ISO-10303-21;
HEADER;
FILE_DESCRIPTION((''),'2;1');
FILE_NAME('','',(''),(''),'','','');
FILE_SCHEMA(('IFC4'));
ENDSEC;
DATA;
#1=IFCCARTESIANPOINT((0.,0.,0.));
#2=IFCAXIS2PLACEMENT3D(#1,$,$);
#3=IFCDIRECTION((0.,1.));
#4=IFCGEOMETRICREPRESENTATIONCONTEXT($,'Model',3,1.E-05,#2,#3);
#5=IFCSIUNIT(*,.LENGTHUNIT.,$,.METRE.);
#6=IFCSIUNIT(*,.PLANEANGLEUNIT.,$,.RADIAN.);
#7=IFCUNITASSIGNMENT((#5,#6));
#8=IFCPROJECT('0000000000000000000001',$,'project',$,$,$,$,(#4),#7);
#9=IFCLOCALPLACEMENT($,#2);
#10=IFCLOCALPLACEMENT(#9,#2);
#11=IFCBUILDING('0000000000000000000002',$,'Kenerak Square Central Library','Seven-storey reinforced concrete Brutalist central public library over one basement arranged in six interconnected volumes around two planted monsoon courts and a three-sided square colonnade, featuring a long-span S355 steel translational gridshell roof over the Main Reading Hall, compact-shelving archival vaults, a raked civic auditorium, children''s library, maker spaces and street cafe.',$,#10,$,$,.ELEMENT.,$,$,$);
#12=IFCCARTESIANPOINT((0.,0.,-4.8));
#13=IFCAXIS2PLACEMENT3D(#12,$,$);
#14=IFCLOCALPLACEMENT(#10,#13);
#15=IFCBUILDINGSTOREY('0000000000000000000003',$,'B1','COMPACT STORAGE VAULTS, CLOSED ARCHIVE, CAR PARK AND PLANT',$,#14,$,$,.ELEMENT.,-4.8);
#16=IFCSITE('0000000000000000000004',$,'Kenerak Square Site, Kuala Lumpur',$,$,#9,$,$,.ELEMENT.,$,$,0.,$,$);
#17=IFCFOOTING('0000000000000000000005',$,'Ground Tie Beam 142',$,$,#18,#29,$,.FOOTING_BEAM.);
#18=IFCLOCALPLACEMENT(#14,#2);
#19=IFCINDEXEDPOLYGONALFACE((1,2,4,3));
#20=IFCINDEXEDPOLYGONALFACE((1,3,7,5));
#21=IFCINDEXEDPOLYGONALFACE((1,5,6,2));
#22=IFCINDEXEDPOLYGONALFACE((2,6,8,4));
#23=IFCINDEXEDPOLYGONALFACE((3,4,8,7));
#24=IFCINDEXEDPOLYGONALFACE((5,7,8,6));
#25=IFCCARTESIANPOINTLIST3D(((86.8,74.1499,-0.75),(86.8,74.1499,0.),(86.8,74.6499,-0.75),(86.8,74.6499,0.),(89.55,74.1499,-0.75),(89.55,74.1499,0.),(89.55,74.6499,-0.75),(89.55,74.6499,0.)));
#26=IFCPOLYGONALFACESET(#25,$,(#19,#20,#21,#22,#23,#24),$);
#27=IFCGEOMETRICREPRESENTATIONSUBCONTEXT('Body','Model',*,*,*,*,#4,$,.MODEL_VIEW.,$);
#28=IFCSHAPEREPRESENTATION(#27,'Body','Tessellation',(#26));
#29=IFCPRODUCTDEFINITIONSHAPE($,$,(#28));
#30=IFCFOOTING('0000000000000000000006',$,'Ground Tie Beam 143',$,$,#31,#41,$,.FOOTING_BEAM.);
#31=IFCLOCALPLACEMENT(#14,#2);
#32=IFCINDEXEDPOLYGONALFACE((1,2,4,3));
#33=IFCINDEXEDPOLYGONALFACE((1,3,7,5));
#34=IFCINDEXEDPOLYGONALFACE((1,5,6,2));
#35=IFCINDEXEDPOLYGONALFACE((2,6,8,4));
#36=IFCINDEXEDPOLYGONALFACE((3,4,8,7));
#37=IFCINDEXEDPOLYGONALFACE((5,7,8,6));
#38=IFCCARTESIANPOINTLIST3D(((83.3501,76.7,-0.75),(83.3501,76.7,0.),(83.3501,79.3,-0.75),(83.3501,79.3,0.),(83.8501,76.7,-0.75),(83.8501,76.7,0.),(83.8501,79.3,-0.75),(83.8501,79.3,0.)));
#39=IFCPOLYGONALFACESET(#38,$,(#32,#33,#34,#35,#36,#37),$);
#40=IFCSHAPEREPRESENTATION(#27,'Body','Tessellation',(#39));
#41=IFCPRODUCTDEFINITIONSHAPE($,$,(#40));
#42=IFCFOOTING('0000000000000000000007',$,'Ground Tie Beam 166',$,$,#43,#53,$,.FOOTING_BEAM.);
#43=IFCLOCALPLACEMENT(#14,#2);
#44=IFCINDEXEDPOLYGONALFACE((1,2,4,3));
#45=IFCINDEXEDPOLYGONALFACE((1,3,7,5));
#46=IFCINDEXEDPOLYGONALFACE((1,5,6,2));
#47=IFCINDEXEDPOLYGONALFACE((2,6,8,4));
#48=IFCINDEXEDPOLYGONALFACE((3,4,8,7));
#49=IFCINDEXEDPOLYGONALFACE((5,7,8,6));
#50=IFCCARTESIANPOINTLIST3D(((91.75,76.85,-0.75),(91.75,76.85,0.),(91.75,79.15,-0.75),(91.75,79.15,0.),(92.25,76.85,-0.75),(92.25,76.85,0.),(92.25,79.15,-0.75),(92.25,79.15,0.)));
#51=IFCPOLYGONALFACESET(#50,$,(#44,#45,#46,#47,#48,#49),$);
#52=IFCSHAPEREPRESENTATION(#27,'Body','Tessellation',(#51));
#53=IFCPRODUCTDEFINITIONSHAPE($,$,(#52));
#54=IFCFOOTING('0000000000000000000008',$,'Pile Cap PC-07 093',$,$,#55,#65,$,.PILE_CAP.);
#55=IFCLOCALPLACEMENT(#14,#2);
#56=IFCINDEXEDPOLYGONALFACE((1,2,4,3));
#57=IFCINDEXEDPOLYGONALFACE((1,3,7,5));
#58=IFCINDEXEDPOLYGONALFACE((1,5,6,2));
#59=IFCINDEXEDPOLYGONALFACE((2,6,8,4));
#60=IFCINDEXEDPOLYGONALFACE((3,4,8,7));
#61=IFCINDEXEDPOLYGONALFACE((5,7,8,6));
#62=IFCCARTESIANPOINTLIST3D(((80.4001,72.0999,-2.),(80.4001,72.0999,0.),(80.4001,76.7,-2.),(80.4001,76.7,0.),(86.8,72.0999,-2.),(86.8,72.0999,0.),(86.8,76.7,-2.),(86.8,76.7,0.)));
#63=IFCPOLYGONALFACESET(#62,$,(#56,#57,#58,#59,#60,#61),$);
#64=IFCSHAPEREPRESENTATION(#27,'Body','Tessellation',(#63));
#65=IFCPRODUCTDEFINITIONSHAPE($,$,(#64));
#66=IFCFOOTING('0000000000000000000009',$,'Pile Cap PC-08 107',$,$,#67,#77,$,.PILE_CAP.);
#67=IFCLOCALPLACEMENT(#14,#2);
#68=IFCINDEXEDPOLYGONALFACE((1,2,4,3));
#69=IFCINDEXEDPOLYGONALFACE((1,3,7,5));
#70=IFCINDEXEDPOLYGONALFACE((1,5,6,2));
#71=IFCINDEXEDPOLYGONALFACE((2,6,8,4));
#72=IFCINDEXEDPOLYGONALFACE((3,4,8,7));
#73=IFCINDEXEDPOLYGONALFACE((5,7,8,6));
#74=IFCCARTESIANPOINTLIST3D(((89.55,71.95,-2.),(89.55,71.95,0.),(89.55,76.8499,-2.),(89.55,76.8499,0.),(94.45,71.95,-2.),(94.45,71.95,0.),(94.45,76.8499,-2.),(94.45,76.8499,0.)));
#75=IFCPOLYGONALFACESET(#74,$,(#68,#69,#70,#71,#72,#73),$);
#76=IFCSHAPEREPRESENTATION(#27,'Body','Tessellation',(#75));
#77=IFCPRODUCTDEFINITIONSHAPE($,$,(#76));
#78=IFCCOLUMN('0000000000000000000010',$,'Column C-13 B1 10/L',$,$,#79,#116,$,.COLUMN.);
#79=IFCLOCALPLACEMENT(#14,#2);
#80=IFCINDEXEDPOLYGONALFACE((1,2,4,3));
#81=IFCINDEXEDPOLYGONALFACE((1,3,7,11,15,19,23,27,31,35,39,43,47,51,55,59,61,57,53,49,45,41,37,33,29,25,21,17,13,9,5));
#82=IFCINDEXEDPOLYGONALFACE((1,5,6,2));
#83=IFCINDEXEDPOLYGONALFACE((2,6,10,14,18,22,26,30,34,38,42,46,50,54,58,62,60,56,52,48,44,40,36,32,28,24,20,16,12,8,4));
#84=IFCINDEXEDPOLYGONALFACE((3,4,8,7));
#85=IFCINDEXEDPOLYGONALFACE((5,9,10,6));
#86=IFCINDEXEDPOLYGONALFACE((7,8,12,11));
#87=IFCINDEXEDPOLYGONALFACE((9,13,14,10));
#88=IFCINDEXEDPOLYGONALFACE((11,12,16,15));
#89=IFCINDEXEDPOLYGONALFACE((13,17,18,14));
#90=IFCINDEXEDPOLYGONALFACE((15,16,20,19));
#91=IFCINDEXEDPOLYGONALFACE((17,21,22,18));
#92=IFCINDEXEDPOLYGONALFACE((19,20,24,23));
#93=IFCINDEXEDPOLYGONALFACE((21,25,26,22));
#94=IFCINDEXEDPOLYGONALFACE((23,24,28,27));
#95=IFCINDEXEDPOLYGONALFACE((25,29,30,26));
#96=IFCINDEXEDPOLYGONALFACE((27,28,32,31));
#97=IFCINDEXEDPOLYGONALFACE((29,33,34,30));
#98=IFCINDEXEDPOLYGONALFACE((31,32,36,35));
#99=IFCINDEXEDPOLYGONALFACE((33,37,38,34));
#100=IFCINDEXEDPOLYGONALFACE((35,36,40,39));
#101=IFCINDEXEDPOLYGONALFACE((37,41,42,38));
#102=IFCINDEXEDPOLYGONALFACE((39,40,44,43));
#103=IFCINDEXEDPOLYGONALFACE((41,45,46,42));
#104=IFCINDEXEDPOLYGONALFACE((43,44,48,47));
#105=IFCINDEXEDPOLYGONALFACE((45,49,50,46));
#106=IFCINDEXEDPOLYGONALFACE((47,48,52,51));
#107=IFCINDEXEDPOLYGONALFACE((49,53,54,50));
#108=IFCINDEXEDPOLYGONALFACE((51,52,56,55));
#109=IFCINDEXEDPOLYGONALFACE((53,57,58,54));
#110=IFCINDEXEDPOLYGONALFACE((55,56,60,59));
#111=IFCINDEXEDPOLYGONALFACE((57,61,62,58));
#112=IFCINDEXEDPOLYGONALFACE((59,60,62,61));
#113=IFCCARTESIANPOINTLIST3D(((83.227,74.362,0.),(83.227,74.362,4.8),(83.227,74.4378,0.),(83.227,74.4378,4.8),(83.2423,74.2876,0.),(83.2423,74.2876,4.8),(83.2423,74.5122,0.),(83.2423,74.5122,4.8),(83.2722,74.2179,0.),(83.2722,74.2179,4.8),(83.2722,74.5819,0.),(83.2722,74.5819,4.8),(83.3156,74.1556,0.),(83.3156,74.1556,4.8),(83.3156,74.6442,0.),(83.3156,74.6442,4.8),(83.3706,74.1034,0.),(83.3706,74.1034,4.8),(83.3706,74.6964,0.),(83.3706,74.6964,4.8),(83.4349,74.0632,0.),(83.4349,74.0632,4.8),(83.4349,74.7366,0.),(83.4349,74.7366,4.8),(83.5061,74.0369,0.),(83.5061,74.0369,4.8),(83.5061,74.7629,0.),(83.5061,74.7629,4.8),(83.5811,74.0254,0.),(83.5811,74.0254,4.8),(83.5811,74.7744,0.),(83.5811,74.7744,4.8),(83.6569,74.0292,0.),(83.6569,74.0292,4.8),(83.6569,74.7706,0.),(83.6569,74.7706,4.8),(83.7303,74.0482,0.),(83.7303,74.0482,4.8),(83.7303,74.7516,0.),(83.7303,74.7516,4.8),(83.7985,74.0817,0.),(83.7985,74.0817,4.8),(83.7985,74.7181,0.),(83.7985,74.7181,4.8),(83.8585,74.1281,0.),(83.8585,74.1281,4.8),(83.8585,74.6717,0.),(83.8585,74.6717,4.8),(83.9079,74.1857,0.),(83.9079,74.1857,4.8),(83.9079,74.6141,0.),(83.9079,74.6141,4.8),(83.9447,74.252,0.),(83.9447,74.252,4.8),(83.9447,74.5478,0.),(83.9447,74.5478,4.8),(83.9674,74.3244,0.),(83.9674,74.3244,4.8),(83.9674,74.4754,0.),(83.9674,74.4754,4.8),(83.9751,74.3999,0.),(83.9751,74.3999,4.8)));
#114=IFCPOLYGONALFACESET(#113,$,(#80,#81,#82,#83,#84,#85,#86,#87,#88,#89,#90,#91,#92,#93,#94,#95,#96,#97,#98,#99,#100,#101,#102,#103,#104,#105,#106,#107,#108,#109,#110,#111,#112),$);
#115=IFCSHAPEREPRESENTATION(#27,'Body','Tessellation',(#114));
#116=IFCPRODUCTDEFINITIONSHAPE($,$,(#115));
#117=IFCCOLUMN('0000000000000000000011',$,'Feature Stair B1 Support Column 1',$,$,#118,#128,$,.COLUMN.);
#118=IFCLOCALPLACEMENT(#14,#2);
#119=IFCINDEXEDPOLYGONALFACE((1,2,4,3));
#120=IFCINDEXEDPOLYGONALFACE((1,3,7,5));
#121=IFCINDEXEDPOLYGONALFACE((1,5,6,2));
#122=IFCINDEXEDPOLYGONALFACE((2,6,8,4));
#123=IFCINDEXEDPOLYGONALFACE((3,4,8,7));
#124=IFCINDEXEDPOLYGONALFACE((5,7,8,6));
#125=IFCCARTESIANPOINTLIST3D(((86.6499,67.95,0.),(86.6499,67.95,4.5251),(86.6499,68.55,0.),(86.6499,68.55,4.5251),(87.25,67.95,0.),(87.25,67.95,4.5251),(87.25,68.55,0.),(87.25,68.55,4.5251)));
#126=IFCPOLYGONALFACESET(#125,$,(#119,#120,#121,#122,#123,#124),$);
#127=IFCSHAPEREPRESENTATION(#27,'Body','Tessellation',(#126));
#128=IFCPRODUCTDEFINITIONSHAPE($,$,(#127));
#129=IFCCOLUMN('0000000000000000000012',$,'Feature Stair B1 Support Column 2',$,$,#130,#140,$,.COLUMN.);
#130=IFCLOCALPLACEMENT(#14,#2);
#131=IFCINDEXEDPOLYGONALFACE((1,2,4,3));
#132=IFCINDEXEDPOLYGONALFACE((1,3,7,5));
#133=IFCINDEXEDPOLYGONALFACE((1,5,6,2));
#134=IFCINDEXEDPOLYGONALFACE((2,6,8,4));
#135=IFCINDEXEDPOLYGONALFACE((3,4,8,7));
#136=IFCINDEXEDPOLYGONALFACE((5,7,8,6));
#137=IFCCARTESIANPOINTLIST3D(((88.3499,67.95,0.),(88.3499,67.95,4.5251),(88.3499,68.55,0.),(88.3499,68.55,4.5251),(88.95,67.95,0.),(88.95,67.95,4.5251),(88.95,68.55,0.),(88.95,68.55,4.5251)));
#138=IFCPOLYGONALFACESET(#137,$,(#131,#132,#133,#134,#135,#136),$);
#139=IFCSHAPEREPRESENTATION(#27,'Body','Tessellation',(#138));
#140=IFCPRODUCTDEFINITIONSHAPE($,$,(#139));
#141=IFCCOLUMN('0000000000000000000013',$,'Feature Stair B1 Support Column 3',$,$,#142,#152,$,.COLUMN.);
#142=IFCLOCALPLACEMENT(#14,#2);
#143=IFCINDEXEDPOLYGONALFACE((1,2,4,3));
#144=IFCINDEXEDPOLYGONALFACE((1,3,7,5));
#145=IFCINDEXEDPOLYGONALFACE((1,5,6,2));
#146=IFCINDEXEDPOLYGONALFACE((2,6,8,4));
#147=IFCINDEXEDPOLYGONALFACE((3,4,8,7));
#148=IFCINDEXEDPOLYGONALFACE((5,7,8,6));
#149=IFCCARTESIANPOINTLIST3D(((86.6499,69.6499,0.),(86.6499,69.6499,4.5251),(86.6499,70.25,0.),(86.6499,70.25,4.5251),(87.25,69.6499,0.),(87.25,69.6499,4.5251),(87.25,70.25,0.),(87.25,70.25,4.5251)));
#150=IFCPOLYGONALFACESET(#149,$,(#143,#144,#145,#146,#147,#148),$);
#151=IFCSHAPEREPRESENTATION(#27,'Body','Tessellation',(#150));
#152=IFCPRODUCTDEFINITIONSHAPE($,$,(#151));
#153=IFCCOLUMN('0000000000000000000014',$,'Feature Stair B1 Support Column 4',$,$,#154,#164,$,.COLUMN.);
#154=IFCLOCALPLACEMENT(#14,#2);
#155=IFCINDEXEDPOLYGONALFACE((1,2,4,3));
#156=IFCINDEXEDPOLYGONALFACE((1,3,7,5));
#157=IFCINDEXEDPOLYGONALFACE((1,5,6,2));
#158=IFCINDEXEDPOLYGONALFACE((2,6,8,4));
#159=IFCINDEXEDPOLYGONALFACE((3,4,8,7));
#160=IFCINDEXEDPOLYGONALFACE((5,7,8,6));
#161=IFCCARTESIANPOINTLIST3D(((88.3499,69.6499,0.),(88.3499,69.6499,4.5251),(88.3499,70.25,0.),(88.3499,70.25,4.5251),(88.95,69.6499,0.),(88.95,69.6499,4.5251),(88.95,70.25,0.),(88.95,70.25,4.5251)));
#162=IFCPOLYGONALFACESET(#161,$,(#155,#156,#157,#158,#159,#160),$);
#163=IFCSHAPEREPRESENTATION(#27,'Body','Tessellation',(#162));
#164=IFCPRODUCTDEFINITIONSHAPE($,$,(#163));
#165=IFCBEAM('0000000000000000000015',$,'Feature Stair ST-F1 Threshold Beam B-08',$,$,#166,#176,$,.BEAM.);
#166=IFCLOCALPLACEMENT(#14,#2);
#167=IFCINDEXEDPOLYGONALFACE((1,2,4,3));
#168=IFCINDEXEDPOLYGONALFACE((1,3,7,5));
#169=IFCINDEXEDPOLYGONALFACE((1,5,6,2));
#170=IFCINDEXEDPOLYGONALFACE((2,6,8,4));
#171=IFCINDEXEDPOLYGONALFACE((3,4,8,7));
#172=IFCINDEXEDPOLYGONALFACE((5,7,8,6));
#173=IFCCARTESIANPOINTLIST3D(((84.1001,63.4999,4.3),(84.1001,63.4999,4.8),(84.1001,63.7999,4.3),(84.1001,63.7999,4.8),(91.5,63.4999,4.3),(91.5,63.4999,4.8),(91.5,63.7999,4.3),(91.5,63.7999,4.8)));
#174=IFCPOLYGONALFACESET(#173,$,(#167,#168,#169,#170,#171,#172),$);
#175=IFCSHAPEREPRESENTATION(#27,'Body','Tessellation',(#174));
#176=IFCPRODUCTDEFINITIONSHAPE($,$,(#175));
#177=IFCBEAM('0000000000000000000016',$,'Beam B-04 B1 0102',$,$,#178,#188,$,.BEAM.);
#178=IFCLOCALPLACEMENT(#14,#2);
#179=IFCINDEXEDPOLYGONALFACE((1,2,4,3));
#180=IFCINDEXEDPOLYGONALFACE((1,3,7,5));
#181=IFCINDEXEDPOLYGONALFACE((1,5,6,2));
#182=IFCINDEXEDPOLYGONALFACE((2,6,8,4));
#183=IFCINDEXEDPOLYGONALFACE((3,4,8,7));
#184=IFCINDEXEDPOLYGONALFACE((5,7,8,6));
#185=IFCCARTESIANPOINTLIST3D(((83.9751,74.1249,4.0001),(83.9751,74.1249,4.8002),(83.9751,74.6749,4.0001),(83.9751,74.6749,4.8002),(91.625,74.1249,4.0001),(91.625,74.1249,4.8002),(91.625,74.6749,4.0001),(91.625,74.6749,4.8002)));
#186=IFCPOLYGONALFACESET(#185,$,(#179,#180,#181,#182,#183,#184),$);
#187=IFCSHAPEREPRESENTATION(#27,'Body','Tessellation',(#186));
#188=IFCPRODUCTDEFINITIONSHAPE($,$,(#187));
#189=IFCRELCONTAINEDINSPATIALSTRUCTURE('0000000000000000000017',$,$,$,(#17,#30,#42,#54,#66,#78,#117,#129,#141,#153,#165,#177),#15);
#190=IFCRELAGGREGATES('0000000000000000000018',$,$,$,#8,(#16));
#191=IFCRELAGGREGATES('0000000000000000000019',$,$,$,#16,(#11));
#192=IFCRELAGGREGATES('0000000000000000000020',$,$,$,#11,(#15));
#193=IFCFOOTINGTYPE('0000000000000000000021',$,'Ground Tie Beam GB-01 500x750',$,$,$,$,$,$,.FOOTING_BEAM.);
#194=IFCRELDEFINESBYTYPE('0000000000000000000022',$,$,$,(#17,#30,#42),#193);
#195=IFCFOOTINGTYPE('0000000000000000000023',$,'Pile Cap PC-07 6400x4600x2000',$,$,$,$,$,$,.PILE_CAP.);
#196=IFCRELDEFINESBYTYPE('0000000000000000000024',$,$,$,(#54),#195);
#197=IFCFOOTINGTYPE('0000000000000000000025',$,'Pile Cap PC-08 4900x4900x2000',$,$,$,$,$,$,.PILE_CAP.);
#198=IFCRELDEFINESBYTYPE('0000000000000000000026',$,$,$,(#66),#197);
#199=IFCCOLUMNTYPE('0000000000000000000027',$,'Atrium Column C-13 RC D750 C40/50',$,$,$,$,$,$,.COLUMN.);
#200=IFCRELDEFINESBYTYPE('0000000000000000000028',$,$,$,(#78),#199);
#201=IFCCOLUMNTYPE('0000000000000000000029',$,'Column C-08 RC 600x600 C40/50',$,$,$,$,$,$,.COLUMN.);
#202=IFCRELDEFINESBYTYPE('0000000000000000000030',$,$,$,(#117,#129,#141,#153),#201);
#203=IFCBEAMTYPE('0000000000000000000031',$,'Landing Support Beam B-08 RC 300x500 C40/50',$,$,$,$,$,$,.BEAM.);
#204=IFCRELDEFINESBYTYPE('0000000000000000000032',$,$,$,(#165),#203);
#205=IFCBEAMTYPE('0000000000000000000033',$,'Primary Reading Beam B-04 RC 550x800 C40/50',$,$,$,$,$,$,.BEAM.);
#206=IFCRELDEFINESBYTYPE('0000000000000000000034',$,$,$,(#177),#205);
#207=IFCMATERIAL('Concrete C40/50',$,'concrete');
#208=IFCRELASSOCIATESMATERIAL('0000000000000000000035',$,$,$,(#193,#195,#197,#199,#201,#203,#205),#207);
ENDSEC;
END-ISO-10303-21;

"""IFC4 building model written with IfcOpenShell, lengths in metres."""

from ifc_helpers import new_model, si_unit, direction, frame, origin, origin_2d, place, context, subcontext, project, spatial, rectangle, circle, extrude, material, material_profile, profile_set, type_object, element, save


model = new_model("IFC4")

# Units and contexts
model_context = context("Model", 3, precision=1e-05, world=origin(), true_north=direction((0.0, 1.0)))
body_context = subcontext(model_context, "Body", "Model", "MODEL_VIEW")
ifc_project = project(units=[si_unit("LENGTHUNIT", "METRE"), si_unit("PLANEANGLEUNIT", "RADIAN")], contexts=[model_context])

# Site, building, storey
site_placement = place(None, origin())
site = spatial("IfcSite", under=ifc_project, at=site_placement, Name="Kenerak Square Site, Kuala Lumpur", CompositionType="ELEMENT", RefElevation=0.0)
building_placement = place(site_placement, origin())
building = spatial("IfcBuilding", under=site, at=building_placement, Name="Kenerak Square Central Library", Description="Seven-storey reinforced concrete Brutalist central public library over one basement arranged in six interconnected volumes around two planted monsoon courts and a three-sided square colonnade, featuring a long-span S355 steel translational gridshell roof over the Main Reading Hall, compact-shelving archival vaults, a raked civic auditorium, children's library, maker spaces and street cafe.", CompositionType="ELEMENT")
storey_placement = place(building_placement, frame((0.0, 0.0, -4.8)))
storey = spatial("IfcBuildingStorey", under=building, at=storey_placement, Name="B1", Description="COMPACT STORAGE VAULTS, CLOSED ARCHIVE, CAR PARK AND PLANT", CompositionType="ELEMENT", Elevation=-4.8)

# Shared definitions
ifc_material = material(Name="Concrete C40/50", Category="concrete")

# Footings
footing_type_1 = type_object("IfcFootingType", Name="Ground Tie Beam GB-01 500x750", PredefinedType="FOOTING_BEAM", material=ifc_material)
for number, where, z_axis, x_axis, name in (
    (1, (88.175, 74.3999, -0.75), (0.0, 0.0, 1.0), (1.0, 0.0, 0.0), "Ground Tie Beam 142"),
):
    element("IfcFooting", number, at=place(storey_placement, frame(where, z_axis=z_axis, x_axis=x_axis)), inside=storey, type_object=footing_type_1, Name=name, PredefinedType="FOOTING_BEAM", context=body_context, shape_type="SweptSolid", body=[
        extrude(rectangle(XDim=2.75, YDim=0.5, at=origin_2d()), origin(), (0.0, 0.0, 1.0), 0.75),
    ])
footing_1_placement = place(storey_placement, frame((83.6001, 78.0, -0.75), z_axis=(0.0, 0.0, 1.0), x_axis=(1.0, 0.0, 0.0)))
element("IfcFooting", 2, at=footing_1_placement, inside=storey, type_object=footing_type_1, Name="Ground Tie Beam 143", PredefinedType="FOOTING_BEAM", context=body_context, shape_type="SweptSolid", body=[
    extrude(rectangle(XDim=0.5, YDim=2.6001, at=origin_2d()), origin(), (0.0, 0.0, 1.0), 0.75),
])
footing_2_placement = place(storey_placement, frame((92.0, 78.0, -0.75), z_axis=(0.0, 0.0, 1.0), x_axis=(1.0, 0.0, 0.0)))
element("IfcFooting", 3, at=footing_2_placement, inside=storey, type_object=footing_type_1, Name="Ground Tie Beam 166", PredefinedType="FOOTING_BEAM", context=body_context, shape_type="SweptSolid", body=[
    extrude(rectangle(XDim=0.5, YDim=2.3, at=origin_2d()), origin(), (0.0, 0.0, 1.0), 0.75),
])
footing_type_2 = type_object("IfcFootingType", Name="Pile Cap PC-07 6400x4600x2000", PredefinedType="PILE_CAP", material=ifc_material)
footing_3_placement = place(storey_placement, frame((83.6001, 74.3999, -2.0), z_axis=(0.0, 0.0, 1.0), x_axis=(1.0, 0.0, 0.0)))
element("IfcFooting", 4, at=footing_3_placement, inside=storey, type_object=footing_type_2, Name="Pile Cap PC-07 093", PredefinedType="PILE_CAP", context=body_context, shape_type="SweptSolid", body=[
    extrude(rectangle(XDim=6.3999, YDim=4.6001, at=origin_2d()), origin(), (0.0, 0.0, 1.0), 2.0),
])
footing_type_3 = type_object("IfcFootingType", Name="Pile Cap PC-08 4900x4900x2000", PredefinedType="PILE_CAP", material=ifc_material)
footing_4_placement = place(storey_placement, frame((92.0, 74.3999, -2.0), z_axis=(0.0, 0.0, 1.0), x_axis=(1.0, 0.0, 0.0)))
element("IfcFooting", 5, at=footing_4_placement, inside=storey, type_object=footing_type_3, Name="Pile Cap PC-08 107", PredefinedType="PILE_CAP", context=body_context, shape_type="SweptSolid", body=[
    extrude(rectangle(XDim=4.8999, YDim=4.8999, at=origin_2d()), origin(), (0.0, 0.0, 1.0), 2.0),
])

# Columns
ifc_material_profile_1 = material_profile(ifc_material, circle(Radius=0.375, at=origin_2d()), Name="RC D750")
ifc_profile_set_1 = profile_set([ifc_material_profile_1], Name="Concrete C40/50")
column_type_1 = type_object("IfcColumnType", Name="Atrium Column C-13 RC D750 C40/50", PredefinedType="COLUMN", material=ifc_profile_set_1)
column_placement = place(storey_placement, frame((83.6001, 74.3999, 0.0), z_axis=(0.0, 0.0, 1.0), x_axis=(1.0, 0.0, 0.0)))
element("IfcColumn", 6, at=column_placement, inside=storey, type_object=column_type_1, Name="Column C-13 B1 10/L", PredefinedType="COLUMN", context=body_context, shape_type="SweptSolid", body=[
    extrude(circle(Radius=0.375, at=origin_2d()), origin(), (0.0, 0.0, 1.0), 4.8),
])
ifc_material_profile_2 = material_profile(ifc_material, rectangle(XDim=0.6001, YDim=0.6001, at=origin_2d()), Name="RC 600x600")
ifc_profile_set_2 = profile_set([ifc_material_profile_2], Name="Concrete C40/50")
column_type_2 = type_object("IfcColumnType", Name="Column C-08 RC 600x600 C40/50", PredefinedType="COLUMN", material=ifc_profile_set_2)
for number, where, z_axis, x_axis, name in (
    (7, (86.95, 68.25, 0.0), (0.0, 0.0, 1.0), (1.0, 0.0, 0.0), "Feature Stair B1 Support Column 1"),
    (8, (88.6499, 68.25, 0.0), (0.0, 0.0, 1.0), (1.0, 0.0, 0.0), "Feature Stair B1 Support Column 2"),
    (9, (86.95, 69.95, 0.0), (0.0, 0.0, 1.0), (1.0, 0.0, 0.0), "Feature Stair B1 Support Column 3"),
    (10, (88.6499, 69.95, 0.0), (0.0, 0.0, 1.0), (1.0, 0.0, 0.0), "Feature Stair B1 Support Column 4"),
):
    element("IfcColumn", number, at=place(storey_placement, frame(where, z_axis=z_axis, x_axis=x_axis)), inside=storey, type_object=column_type_2, Name=name, PredefinedType="COLUMN", context=body_context, shape_type="SweptSolid", body=[
        extrude(rectangle(XDim=0.6001, YDim=0.6001, at=origin_2d()), origin(), (0.0, 0.0, 1.0), 4.5251),
    ])

# Beams
ifc_material_profile_3 = material_profile(ifc_material, rectangle(XDim=0.3, YDim=0.5, at=origin_2d()), Name="RC 300x500")
ifc_profile_set_3 = profile_set([ifc_material_profile_3], Name="Concrete C40/50")
beam_type_1 = type_object("IfcBeamType", Name="Landing Support Beam B-08 RC 300x500 C40/50", PredefinedType="BEAM", material=ifc_profile_set_3)
beam_1_placement = place(storey_placement, frame((84.1001, 63.6499, 4.55), z_axis=(1.0, 0.0, 0.0), x_axis=(0.0, 1.0, 0.0)))
element("IfcBeam", 11, at=beam_1_placement, inside=storey, type_object=beam_type_1, Name="Feature Stair ST-F1 Threshold Beam B-08", PredefinedType="BEAM", context=body_context, shape_type="SweptSolid", body=[
    extrude(rectangle(XDim=0.3, YDim=0.5, at=origin_2d()), origin(), (0.0, 0.0, 1.0), 7.3999),
])
ifc_material_profile_4 = material_profile(ifc_material, rectangle(XDim=0.55, YDim=0.8, at=origin_2d()), Name="RC 550x800")
ifc_profile_set_4 = profile_set([ifc_material_profile_4], Name="Concrete C40/50")
beam_type_2 = type_object("IfcBeamType", Name="Primary Reading Beam B-04 RC 550x800 C40/50", PredefinedType="BEAM", material=ifc_profile_set_4)
beam_2_placement = place(storey_placement, frame((83.9751, 74.3999, 4.4001), z_axis=(1.0, 0.0, 0.0), x_axis=(0.0, 1.0, 0.0)))
element("IfcBeam", 12, at=beam_2_placement, inside=storey, type_object=beam_type_2, Name="Beam B-04 B1 0102", PredefinedType="BEAM", context=body_context, shape_type="SweptSolid", body=[
    extrude(rectangle(XDim=0.55, YDim=0.8, at=origin_2d()), origin(), (0.0, 0.0, 1.0), 7.6499),
])

save(model, "model.ifc")
